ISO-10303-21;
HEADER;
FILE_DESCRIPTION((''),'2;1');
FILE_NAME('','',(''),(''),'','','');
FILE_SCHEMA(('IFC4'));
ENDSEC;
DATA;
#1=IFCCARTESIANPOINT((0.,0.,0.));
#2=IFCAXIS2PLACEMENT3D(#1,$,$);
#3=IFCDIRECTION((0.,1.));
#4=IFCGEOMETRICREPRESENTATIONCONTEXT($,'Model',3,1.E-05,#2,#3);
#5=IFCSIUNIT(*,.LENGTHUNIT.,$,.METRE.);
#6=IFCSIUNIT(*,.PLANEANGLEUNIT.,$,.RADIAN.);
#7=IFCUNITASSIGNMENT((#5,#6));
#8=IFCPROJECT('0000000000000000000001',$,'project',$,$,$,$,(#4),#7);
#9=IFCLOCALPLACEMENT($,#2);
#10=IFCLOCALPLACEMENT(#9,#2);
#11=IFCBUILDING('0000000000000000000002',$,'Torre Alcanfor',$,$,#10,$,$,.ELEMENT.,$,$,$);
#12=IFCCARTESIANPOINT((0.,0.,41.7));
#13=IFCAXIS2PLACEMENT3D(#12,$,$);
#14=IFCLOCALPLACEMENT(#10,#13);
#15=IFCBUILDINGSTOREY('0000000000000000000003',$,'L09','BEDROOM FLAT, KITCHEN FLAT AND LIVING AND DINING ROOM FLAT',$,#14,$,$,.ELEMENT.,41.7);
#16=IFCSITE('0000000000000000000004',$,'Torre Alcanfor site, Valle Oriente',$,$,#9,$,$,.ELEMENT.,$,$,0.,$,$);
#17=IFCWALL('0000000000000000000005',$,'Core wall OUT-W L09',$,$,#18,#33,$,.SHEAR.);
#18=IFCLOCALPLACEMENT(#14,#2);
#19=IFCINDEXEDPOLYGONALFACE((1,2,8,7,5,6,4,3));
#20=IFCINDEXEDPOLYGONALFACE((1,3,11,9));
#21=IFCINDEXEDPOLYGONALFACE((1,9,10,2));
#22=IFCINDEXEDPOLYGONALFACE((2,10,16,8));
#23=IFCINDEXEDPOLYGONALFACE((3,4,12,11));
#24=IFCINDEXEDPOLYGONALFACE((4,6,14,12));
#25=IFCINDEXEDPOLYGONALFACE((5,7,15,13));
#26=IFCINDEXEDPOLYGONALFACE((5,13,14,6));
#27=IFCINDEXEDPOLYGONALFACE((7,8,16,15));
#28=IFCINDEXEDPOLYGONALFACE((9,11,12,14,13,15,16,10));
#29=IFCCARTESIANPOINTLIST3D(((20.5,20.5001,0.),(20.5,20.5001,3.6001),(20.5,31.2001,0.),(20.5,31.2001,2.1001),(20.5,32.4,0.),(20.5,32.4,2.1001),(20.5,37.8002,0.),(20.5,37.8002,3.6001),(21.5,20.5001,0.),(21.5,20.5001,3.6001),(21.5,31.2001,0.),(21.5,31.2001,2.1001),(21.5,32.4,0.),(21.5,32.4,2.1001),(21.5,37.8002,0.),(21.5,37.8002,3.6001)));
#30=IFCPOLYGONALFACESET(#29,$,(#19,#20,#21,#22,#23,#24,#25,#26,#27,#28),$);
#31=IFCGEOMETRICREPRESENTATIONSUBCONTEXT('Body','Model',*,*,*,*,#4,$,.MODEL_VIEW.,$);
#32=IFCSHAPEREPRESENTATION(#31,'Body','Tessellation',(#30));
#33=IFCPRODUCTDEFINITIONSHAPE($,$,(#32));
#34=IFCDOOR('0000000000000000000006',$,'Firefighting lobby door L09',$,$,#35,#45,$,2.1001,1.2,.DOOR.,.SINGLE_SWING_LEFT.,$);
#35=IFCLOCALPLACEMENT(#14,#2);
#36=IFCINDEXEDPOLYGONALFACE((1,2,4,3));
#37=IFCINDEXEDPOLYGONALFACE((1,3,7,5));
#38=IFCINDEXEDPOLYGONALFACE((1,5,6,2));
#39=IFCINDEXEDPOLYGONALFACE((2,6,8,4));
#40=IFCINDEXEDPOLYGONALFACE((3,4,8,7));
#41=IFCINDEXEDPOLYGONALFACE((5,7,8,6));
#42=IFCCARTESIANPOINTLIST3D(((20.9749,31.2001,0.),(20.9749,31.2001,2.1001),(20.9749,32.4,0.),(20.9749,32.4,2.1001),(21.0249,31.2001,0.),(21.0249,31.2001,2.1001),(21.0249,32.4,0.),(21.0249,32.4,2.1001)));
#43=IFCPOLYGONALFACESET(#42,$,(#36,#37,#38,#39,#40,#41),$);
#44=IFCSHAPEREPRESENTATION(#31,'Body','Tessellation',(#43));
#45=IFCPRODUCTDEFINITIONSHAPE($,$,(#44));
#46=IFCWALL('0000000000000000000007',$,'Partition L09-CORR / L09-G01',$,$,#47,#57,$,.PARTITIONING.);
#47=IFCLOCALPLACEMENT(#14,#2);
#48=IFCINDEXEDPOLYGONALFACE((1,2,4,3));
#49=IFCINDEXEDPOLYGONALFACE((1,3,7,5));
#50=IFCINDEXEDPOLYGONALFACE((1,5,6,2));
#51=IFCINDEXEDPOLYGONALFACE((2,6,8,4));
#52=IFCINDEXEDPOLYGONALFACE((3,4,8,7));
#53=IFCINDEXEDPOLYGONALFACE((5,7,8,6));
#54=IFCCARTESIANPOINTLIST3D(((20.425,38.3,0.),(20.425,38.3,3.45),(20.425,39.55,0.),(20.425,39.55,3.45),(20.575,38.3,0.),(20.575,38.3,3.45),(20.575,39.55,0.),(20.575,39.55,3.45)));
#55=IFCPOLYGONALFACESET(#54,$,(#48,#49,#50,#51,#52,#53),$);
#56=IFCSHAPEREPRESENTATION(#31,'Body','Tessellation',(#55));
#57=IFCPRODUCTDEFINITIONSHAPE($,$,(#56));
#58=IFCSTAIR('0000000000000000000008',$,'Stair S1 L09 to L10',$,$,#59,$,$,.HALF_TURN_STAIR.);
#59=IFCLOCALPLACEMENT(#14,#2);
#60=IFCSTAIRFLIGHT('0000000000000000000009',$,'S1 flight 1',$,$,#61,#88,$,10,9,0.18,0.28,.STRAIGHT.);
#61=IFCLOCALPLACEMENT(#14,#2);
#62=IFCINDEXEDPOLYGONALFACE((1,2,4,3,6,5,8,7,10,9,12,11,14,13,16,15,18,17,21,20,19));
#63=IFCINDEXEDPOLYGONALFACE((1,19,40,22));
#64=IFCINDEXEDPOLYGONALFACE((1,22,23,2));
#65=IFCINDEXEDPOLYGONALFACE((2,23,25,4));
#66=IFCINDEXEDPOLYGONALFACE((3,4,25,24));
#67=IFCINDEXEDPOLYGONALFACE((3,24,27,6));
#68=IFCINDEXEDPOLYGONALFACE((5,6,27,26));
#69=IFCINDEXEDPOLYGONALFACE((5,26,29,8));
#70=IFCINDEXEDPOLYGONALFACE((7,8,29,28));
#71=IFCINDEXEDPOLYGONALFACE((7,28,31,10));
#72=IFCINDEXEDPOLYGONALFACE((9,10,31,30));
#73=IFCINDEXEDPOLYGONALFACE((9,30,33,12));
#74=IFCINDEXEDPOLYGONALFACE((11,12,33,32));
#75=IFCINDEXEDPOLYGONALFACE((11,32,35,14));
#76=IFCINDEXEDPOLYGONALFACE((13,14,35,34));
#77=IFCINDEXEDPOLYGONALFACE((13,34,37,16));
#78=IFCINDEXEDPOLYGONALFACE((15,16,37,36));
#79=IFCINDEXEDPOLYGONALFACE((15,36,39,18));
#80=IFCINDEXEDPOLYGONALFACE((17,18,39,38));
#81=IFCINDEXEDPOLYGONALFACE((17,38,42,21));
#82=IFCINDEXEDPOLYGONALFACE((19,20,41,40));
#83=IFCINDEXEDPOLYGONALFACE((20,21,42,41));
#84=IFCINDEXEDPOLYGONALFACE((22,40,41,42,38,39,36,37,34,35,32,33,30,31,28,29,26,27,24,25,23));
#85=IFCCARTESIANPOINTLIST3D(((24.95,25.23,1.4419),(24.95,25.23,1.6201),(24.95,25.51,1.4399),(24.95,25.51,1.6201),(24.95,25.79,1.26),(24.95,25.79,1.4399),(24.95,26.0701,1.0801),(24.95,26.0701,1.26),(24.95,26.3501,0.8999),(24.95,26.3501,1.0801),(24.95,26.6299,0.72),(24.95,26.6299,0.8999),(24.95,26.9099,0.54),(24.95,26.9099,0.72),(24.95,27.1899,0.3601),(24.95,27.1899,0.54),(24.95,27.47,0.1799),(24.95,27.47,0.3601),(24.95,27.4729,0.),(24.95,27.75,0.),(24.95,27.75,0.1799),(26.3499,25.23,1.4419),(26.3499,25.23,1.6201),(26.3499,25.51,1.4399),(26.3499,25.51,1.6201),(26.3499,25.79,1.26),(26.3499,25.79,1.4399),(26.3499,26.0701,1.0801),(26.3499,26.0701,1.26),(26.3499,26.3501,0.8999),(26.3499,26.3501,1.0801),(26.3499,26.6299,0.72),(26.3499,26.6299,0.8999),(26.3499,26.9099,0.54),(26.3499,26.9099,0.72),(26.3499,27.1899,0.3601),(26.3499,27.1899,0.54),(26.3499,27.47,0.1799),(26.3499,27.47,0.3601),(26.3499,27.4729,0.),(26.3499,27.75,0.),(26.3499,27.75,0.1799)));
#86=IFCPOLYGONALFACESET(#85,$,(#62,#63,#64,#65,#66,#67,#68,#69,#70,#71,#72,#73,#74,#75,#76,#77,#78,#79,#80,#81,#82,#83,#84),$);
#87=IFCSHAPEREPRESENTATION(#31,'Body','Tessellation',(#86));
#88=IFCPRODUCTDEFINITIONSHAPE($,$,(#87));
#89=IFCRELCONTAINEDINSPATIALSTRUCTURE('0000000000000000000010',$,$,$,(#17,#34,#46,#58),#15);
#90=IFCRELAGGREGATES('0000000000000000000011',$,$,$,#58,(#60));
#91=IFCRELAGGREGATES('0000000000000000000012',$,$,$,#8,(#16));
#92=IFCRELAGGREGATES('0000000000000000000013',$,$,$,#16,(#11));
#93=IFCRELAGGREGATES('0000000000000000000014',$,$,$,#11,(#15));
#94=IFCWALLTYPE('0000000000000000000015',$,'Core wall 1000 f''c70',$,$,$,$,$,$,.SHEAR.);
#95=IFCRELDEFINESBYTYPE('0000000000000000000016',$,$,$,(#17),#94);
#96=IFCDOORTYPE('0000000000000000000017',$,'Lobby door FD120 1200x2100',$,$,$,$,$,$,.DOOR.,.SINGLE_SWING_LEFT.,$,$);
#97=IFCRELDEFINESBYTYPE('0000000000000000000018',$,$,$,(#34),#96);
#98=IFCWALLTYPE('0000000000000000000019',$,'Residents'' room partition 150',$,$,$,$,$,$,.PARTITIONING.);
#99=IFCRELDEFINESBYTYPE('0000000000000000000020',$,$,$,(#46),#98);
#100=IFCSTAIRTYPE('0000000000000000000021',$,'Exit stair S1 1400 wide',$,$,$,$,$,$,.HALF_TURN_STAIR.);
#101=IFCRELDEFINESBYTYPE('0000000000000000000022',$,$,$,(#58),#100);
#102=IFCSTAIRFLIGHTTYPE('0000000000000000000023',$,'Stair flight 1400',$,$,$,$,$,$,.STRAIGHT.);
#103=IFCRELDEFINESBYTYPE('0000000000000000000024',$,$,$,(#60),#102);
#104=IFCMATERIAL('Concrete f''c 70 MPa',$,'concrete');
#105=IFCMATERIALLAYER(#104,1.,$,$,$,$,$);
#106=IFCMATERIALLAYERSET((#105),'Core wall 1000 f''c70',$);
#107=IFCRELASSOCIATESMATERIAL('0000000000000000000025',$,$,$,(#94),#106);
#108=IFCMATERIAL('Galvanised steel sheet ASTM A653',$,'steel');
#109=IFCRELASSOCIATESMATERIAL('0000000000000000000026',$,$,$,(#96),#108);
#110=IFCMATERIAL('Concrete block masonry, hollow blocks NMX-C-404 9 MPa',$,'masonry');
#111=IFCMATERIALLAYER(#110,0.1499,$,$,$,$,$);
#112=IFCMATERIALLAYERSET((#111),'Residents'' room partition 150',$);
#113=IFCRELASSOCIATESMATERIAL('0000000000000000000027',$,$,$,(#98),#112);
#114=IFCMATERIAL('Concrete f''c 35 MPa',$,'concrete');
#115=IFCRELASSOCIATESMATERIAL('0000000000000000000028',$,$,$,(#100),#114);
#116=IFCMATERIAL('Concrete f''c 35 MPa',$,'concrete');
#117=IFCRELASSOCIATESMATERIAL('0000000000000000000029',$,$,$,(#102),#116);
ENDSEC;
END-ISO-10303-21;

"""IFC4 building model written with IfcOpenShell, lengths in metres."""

from ifc_helpers import new_model, si_unit, direction, frame, frame_2d, origin, place, context, subcontext, project, spatial, polyline, rectangle, outline, extrude, material, layer, layer_set, type_object, element, fill, aggregate, save


model = new_model("IFC4")

# Units and contexts
model_context = context("Model", 3, precision=1e-05, world=origin(), true_north=direction((0.0, 1.0)))
body_context = subcontext(model_context, "Body", "Model", "MODEL_VIEW")
ifc_project = project(units=[si_unit("LENGTHUNIT", "METRE"), si_unit("PLANEANGLEUNIT", "RADIAN")], contexts=[model_context])

# Site, building, storey
site_placement = place(None, origin())
site = spatial("IfcSite", under=ifc_project, at=site_placement, Name="Torre Alcanfor site, Valle Oriente", CompositionType="ELEMENT", RefElevation=0.0)
building_placement = place(site_placement, origin())
building = spatial("IfcBuilding", under=site, at=building_placement, Name="Torre Alcanfor", CompositionType="ELEMENT")
storey_placement = place(building_placement, frame((0.0, 0.0, 41.7)))
storey = spatial("IfcBuildingStorey", under=building, at=storey_placement, Name="L09", Description="BEDROOM FLAT, KITCHEN FLAT AND LIVING AND DINING ROOM FLAT", CompositionType="ELEMENT", Elevation=41.7)

# Wall, opening, door
ifc_material_1 = material(Name="Concrete f'c 70 MPa", Category="concrete")
ifc_layer_1 = layer(ifc_material_1, 1.0)
ifc_layer_set_1 = layer_set([ifc_layer_1], Name="Core wall 1000 f'c70")
wall_type_1 = type_object("IfcWallType", Name="Core wall 1000 f'c70", PredefinedType="SHEAR", material=ifc_layer_set_1)
wall_1_placement = place(storey_placement, frame((21.0, 37.8, 0.0), z_axis=(0.0, 0.0, 1.0), x_axis=(0.0, -1.0, 0.0)))
wall_1 = element("IfcWall", 1, at=wall_1_placement, inside=storey, type_object=wall_type_1, Name="Core wall OUT-W L09", PredefinedType="SHEAR", context=body_context, shape_type="SweptSolid", body=[
    extrude(rectangle(XDim=17.3, YDim=1.0, at=frame_2d((8.6499, 0.0))), origin(), (0.0, 0.0, 1.0), 3.6001),
])
opening_1_placement = place(wall_1_placement, frame((5.3999, 0.0, 0.0)))
opening_1 = element("IfcOpeningElement", 2, at=opening_1_placement, cuts=wall_1, PredefinedType="OPENING", context=body_context, shape_type="SweptSolid", body=[
    extrude(rectangle(XDim=1.2, YDim=2.1001, at=frame_2d((0.6001, 1.05))), frame((0.0, 0.51, 0.0), z_axis=(0.0, -1.0, 0.0), x_axis=(1.0, 0.0, 0.0)), (0.0, 0.0, 1.0), 1.02),
])
ifc_material_2 = material(Name="Galvanised steel sheet ASTM A653", Category="steel")
door_type_1 = type_object("IfcDoorType", Name="Lobby door FD120 1200x2100", OperationType="SINGLE_SWING_LEFT", PredefinedType="DOOR", material=ifc_material_2)
door_1_placement = place(opening_1_placement, origin())
door_1 = element("IfcDoor", 3, at=door_1_placement, inside=storey, type_object=door_type_1, Name="Firefighting lobby door L09", OperationType="SINGLE_SWING_LEFT", OverallHeight=2.1001, OverallWidth=1.2, PredefinedType="DOOR", context=body_context, shape_type="SweptSolid", body=[
    extrude(rectangle(XDim=1.2, YDim=2.1001, at=frame_2d((0.6001, 1.05))), frame((0.0, 0.0249, 0.0), z_axis=(0.0, -1.0, 0.0), x_axis=(1.0, 0.0, 0.0)), (0.0, 0.0, 1.0), 0.05),
])
fill(opening_1, door_1)

# Wall
ifc_material_3 = material(Name="Concrete block masonry, hollow blocks NMX-C-404 9 MPa", Category="masonry")
ifc_layer_2 = layer(ifc_material_3, 0.1499)
ifc_layer_set_2 = layer_set([ifc_layer_2], Name="Residents' room partition 150")
wall_type_2 = type_object("IfcWallType", Name="Residents' room partition 150", PredefinedType="PARTITIONING", material=ifc_layer_set_2)
wall_2_placement = place(storey_placement, frame((20.5, 39.55, 0.0), z_axis=(0.0, 0.0, 1.0), x_axis=(0.0, -1.0, 0.0)))
element("IfcWall", 4, at=wall_2_placement, inside=storey, type_object=wall_type_2, Name="Partition L09-CORR / L09-G01", PredefinedType="PARTITIONING", context=body_context, shape_type="SweptSolid", body=[
    extrude(rectangle(XDim=1.25, YDim=0.1499, at=frame_2d((0.625, 0.0))), origin(), (0.0, 0.0, 1.0), 3.45),
])

# Stair, stair flight
ifc_material_4 = material(Name="Concrete f'c 35 MPa", Category="concrete")
stair_type = type_object("IfcStairType", Name="Exit stair S1 1400 wide", PredefinedType="HALF_TURN_STAIR", material=ifc_material_4)
stair_placement = place(storey_placement, origin())
stair = element("IfcStair", 5, at=stair_placement, inside=storey, type_object=stair_type, Name="Stair S1 L09 to L10", PredefinedType="HALF_TURN_STAIR")
ifc_material_5 = material(Name="Concrete f'c 35 MPa", Category="concrete")
stair_flight_type = type_object("IfcStairFlightType", Name="Stair flight 1400", PredefinedType="STRAIGHT", material=ifc_material_5)
stair_flight_placement = place(storey_placement, frame((25.6499, 27.75, 0.0), z_axis=(0.0, 0.0, 1.0), x_axis=(0.0, -1.0, 0.0)))
stair_flight = element("IfcStairFlight", 6, at=stair_flight_placement, type_object=stair_flight_type, Name="S1 flight 1", NumberOfRisers=10, NumberOfTreads=9, PredefinedType="STRAIGHT", RiserHeight=0.18, TreadLength=0.28, context=body_context, shape_type="SweptSolid", body=[
    extrude(outline(polyline([(0.0, 0.0), (0.0, 0.1799), (0.28, 0.1799), (0.28, 0.3601), (0.5601, 0.3601), (0.5601, 0.54), (0.8401, 0.54), (0.8401, 0.72), (1.1201, 0.72), (1.1201, 0.8999), (1.3999, 0.8999), (1.3999, 1.0801), (1.6799, 1.0801), (1.6799, 1.26), (1.96, 1.26), (1.96, 1.4399), (2.24, 1.4399), (2.24, 1.6201), (2.52, 1.6201), (2.52, 1.8), (2.52, 1.4419), (0.2771, 0.0), (0.0, 0.0)])), frame((0.0, 0.7, 0.0), z_axis=(0.0, -1.0, 0.0), x_axis=(1.0, 0.0, 0.0)), (0.0, 0.0, 1.0), 1.3999),
])
aggregate(stair, [stair_flight])

save(model, "model.ifc")
